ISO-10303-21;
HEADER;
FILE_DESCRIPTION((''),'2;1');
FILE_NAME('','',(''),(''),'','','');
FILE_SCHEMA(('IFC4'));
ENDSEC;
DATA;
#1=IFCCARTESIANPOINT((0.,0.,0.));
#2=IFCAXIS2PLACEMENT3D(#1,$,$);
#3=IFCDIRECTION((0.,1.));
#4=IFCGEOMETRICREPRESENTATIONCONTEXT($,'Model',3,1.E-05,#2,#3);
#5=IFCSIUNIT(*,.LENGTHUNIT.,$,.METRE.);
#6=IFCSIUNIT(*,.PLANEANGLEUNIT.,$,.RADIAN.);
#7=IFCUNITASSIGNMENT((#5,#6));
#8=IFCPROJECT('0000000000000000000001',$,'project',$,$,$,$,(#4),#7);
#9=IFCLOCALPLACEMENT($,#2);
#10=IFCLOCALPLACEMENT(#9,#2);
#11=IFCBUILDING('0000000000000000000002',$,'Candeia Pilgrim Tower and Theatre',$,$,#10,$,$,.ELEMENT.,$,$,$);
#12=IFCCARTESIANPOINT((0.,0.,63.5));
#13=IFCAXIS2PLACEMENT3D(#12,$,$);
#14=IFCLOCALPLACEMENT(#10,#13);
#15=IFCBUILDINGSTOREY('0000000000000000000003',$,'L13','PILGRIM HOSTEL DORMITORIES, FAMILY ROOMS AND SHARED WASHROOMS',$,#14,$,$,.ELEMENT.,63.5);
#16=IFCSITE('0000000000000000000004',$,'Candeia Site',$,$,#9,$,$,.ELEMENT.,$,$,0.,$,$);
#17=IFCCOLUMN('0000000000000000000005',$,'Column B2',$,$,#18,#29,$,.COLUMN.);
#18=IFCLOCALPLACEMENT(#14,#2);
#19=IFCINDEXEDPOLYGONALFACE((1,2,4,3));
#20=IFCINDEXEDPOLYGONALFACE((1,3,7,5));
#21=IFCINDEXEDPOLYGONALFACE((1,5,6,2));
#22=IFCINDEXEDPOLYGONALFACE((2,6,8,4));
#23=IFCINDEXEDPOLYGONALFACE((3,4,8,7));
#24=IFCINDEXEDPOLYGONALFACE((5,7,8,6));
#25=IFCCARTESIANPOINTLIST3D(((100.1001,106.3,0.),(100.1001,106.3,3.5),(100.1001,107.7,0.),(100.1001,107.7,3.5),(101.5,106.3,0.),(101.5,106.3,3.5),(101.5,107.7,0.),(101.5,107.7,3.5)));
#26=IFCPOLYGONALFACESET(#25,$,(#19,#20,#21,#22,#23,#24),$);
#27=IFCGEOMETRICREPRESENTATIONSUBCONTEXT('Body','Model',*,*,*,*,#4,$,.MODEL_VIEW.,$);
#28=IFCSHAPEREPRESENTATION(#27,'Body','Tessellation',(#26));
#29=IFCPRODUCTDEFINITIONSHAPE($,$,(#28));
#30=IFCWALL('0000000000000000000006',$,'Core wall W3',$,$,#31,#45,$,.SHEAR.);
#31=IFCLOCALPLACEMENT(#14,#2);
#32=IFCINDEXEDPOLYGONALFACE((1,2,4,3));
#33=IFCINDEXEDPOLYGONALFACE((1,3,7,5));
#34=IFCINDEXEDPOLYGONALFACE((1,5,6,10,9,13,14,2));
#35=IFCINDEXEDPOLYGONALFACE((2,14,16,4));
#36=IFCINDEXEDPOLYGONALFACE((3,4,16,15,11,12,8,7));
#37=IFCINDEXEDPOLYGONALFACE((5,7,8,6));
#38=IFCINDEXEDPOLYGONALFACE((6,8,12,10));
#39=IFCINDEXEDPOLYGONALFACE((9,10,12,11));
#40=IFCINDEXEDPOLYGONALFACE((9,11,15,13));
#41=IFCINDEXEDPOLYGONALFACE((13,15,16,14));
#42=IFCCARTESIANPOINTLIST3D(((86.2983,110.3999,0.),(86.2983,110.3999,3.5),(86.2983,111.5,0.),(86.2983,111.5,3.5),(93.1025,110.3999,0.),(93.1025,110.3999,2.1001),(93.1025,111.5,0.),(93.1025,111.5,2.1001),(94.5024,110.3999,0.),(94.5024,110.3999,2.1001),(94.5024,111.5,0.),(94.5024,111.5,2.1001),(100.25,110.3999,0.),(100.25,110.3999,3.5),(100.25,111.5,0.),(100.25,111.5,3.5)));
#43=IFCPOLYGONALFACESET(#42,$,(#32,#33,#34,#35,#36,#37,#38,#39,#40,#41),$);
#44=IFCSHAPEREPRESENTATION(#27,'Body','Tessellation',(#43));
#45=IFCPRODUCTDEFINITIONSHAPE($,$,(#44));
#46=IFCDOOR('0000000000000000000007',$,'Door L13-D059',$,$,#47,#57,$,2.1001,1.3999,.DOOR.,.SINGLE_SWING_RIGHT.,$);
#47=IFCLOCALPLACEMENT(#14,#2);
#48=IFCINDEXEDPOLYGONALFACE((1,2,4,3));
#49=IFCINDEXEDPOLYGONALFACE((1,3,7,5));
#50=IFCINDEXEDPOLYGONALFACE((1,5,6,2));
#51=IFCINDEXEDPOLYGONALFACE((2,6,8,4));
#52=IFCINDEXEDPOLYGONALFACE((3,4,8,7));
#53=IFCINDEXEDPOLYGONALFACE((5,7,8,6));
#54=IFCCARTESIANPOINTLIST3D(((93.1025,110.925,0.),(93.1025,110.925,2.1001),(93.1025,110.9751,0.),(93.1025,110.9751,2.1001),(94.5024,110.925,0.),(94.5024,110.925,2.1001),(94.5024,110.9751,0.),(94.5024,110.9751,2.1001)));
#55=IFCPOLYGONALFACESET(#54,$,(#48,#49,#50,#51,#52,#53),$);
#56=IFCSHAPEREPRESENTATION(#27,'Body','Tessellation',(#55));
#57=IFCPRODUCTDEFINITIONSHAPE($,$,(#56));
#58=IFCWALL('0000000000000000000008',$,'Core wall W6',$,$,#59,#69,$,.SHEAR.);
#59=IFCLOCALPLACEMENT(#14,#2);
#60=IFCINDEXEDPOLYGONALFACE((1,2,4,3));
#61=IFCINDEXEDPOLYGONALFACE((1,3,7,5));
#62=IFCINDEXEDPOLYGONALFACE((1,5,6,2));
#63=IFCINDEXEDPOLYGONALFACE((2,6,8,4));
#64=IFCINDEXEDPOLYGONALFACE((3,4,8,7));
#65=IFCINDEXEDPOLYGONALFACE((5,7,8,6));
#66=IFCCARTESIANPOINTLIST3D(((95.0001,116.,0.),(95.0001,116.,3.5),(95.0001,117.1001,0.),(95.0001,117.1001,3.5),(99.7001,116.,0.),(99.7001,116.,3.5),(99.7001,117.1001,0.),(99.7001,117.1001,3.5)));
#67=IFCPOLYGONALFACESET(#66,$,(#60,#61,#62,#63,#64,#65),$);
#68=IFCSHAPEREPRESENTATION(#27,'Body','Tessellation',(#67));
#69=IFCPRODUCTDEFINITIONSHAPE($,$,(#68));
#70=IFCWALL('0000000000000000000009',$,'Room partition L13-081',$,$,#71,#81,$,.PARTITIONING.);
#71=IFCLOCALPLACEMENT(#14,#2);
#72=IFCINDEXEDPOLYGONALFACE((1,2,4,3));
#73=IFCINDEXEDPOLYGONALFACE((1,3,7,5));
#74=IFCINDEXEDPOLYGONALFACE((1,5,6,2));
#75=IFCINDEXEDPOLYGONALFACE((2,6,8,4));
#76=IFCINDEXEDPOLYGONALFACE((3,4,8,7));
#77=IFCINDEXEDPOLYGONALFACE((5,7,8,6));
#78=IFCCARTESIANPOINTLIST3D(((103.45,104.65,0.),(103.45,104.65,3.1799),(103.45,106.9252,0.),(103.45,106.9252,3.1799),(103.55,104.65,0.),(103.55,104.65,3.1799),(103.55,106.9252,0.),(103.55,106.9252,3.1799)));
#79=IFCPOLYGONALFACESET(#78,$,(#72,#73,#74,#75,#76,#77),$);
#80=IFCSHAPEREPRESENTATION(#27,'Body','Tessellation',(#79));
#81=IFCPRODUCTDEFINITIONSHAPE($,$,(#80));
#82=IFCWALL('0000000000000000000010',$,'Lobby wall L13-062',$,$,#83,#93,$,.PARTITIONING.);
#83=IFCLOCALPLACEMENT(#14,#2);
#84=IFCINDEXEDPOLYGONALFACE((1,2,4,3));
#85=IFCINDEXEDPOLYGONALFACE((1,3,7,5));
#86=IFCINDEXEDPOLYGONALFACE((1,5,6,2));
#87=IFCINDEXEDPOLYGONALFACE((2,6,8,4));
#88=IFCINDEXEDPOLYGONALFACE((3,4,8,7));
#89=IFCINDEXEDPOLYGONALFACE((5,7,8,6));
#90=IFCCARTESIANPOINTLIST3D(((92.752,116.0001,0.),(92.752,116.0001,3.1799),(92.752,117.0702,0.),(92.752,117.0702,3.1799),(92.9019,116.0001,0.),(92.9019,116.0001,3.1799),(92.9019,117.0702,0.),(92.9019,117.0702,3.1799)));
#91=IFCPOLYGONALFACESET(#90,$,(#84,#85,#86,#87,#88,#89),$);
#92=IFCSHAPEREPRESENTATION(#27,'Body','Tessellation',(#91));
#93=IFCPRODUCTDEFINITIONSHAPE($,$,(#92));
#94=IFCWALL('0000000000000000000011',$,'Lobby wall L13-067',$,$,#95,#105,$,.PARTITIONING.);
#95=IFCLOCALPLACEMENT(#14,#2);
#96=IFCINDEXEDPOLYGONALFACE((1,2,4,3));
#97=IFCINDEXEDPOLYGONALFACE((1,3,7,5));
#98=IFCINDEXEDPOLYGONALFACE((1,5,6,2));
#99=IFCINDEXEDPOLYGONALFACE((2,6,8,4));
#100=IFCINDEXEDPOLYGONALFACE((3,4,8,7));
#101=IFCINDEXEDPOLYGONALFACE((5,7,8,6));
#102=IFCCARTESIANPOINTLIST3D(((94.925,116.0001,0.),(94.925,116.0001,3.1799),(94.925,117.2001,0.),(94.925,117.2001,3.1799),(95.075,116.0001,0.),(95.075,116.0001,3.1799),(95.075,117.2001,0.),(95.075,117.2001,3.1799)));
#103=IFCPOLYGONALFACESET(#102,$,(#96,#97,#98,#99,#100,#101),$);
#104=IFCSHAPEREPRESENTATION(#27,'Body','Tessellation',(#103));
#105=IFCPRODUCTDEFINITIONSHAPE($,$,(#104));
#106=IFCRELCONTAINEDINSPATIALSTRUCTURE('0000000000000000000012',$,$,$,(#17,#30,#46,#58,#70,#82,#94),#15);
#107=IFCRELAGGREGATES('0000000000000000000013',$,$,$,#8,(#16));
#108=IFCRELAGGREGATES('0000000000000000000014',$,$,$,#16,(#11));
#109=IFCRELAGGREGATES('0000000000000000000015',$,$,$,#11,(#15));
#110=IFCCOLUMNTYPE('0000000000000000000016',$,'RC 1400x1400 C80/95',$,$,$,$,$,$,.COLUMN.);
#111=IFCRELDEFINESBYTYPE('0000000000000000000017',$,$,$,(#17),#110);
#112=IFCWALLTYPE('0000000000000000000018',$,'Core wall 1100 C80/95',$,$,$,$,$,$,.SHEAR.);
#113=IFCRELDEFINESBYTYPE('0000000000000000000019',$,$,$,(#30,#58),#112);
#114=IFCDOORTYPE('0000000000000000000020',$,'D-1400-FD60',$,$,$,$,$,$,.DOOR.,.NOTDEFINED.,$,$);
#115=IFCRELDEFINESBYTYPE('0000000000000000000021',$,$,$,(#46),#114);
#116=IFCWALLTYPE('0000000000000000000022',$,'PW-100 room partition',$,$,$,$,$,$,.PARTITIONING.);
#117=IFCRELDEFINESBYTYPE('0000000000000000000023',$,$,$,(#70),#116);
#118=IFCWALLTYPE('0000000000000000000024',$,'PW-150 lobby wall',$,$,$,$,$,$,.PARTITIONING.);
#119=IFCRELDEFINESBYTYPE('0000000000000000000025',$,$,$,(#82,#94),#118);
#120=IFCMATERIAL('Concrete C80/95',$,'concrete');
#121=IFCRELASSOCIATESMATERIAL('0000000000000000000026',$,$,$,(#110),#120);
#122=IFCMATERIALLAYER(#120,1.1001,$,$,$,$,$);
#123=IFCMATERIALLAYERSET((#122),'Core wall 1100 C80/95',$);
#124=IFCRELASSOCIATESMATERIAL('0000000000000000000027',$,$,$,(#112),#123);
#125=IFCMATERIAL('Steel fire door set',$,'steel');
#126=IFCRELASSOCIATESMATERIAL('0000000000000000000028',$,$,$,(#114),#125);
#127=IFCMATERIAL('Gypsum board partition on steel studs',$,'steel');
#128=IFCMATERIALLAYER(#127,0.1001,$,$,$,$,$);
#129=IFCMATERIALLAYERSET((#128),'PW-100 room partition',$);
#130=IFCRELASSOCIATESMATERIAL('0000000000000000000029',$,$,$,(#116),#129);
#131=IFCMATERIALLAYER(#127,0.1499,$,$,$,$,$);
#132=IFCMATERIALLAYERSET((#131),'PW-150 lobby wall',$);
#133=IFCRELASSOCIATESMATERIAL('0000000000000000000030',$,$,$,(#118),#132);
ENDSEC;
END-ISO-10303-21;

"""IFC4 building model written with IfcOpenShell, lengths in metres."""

from ifc_helpers import new_model, si_unit, direction, frame, frame_2d, origin, origin_2d, place, context, subcontext, project, spatial, rectangle, extrude, material, layer, layer_set, material_profile, profile_set, type_object, element, fill, save


model = new_model("IFC4")

# Units and contexts
model_context = context("Model", 3, precision=1e-05, world=origin(), true_north=direction((0.0, 1.0)))
body_context = subcontext(model_context, "Body", "Model", "MODEL_VIEW")
ifc_project = project(units=[si_unit("LENGTHUNIT", "METRE"), si_unit("PLANEANGLEUNIT", "RADIAN")], contexts=[model_context])

# Site, building, storey
site_placement = place(None, origin())
site = spatial("IfcSite", under=ifc_project, at=site_placement, Name="Candeia Site", CompositionType="ELEMENT", RefElevation=0.0)
building_placement = place(site_placement, origin())
building = spatial("IfcBuilding", under=site, at=building_placement, Name="Candeia Pilgrim Tower and Theatre", CompositionType="ELEMENT")
storey_placement = place(building_placement, frame((0.0, 0.0, 63.5)))
storey = spatial("IfcBuildingStorey", under=building, at=storey_placement, Name="L13", Description="PILGRIM HOSTEL DORMITORIES, FAMILY ROOMS AND SHARED WASHROOMS", CompositionType="ELEMENT", Elevation=63.5)

# Column
ifc_material_1 = material(Name="Concrete C80/95", Category="concrete")
ifc_material_profile = material_profile(ifc_material_1, rectangle(XDim=1.3999, YDim=1.3999, at=origin_2d()))
ifc_profile_set = profile_set([ifc_material_profile], Name="Concrete C80/95")
column_type = type_object("IfcColumnType", Name="RC 1400x1400 C80/95", PredefinedType="COLUMN", material=ifc_profile_set)
column_placement = place(storey_placement, frame((100.8, 107.0, 0.0), z_axis=(0.0, 0.0, 1.0), x_axis=(1.0, 0.0, 0.0)))
element("IfcColumn", 1, at=column_placement, inside=storey, type_object=column_type, Name="Column B2", PredefinedType="COLUMN", context=body_context, shape_type="SweptSolid", body=[
    extrude(rectangle(XDim=1.3999, YDim=1.3999, at=origin_2d()), origin(), (0.0, 0.0, 1.0), 3.5),
])

# Wall, opening, door
ifc_layer_1 = layer(ifc_material_1, 1.1001)
ifc_layer_set_1 = layer_set([ifc_layer_1], Name="Core wall 1100 C80/95")
wall_type_1 = type_object("IfcWallType", Name="Core wall 1100 C80/95", PredefinedType="SHEAR", material=ifc_layer_set_1)
wall_1_placement = place(storey_placement, frame((100.25, 110.95, 0.0), z_axis=(0.0, 0.0, 1.0), x_axis=(-1.0, 0.0, 0.0)))
wall_1 = element("IfcWall", 2, at=wall_1_placement, inside=storey, type_object=wall_type_1, Name="Core wall W3", PredefinedType="SHEAR", context=body_context, shape_type="SweptSolid", body=[
    extrude(rectangle(XDim=13.9517, YDim=1.1001, at=frame_2d((6.9758, 0.0))), origin(), (0.0, 0.0, 1.0), 3.5),
])
opening_1_placement = place(wall_1_placement, frame((5.7476, 0.0, 0.0)))
opening_1 = element("IfcOpeningElement", 3, at=opening_1_placement, cuts=wall_1, PredefinedType="OPENING", context=body_context, shape_type="SweptSolid", body=[
    extrude(rectangle(XDim=1.3999, YDim=2.1001, at=frame_2d((0.7, 1.05))), frame((0.0, 0.5601, 0.0), z_axis=(0.0, -1.0, 0.0), x_axis=(1.0, 0.0, 0.0)), (0.0, 0.0, 1.0), 1.1201),
])
ifc_material_2 = material(Name="Steel fire door set", Category="steel")
door_type_1 = type_object("IfcDoorType", Name="D-1400-FD60", OperationType="NOTDEFINED", PredefinedType="DOOR", material=ifc_material_2)
door_1_placement = place(opening_1_placement, origin())
door_1 = element("IfcDoor", 4, at=door_1_placement, inside=storey, type_object=door_type_1, Name="Door L13-D059", OperationType="SINGLE_SWING_RIGHT", OverallHeight=2.1001, OverallWidth=1.3999, PredefinedType="DOOR", context=body_context, shape_type="SweptSolid", body=[
    extrude(rectangle(XDim=1.3999, YDim=2.1001, at=frame_2d((0.7, 1.05))), frame((0.0, 0.0249, 0.0), z_axis=(0.0, -1.0, 0.0), x_axis=(1.0, 0.0, 0.0)), (0.0, 0.0, 1.0), 0.05),
])
fill(opening_1, door_1)

# Walls
wall_2_placement = place(storey_placement, frame((95.0, 116.55, 0.0), z_axis=(0.0, 0.0, 1.0), x_axis=(1.0, 0.0, 0.0)))
element("IfcWall", 5, at=wall_2_placement, inside=storey, type_object=wall_type_1, Name="Core wall W6", PredefinedType="SHEAR", context=body_context, shape_type="SweptSolid", body=[
    extrude(rectangle(XDim=4.7, YDim=1.1001, at=frame_2d((2.3501, 0.0))), origin(), (0.0, 0.0, 1.0), 3.5),
])
ifc_material_3 = material(Name="Gypsum board partition on steel studs", Category="steel")
ifc_layer_2 = layer(ifc_material_3, 0.1001)
ifc_layer_set_2 = layer_set([ifc_layer_2], Name="PW-100 room partition")
wall_type_2 = type_object("IfcWallType", Name="PW-100 room partition", PredefinedType="PARTITIONING", material=ifc_layer_set_2)
wall_3_placement = place(storey_placement, frame((103.5, 104.6499, 0.0), z_axis=(0.0, 0.0, 1.0), x_axis=(0.0, 1.0, 0.0)))
element("IfcWall", 6, at=wall_3_placement, inside=storey, type_object=wall_type_2, Name="Room partition L13-081", PredefinedType="PARTITIONING", context=body_context, shape_type="SweptSolid", body=[
    extrude(rectangle(XDim=2.2751, YDim=0.1001, at=frame_2d((1.1377, 0.0))), origin(), (0.0, 0.0, 1.0), 3.1799),
])
ifc_layer_3 = layer(ifc_material_3, 0.1499)
ifc_layer_set_3 = layer_set([ifc_layer_3], Name="PW-150 lobby wall")
wall_type_3 = type_object("IfcWallType", Name="PW-150 lobby wall", PredefinedType="PARTITIONING", material=ifc_layer_set_3)
wall_4_placement = place(storey_placement, frame((92.8269, 116.0, 0.0), z_axis=(0.0, 0.0, 1.0), x_axis=(0.0, 1.0, 0.0)))
element("IfcWall", 7, at=wall_4_placement, inside=storey, type_object=wall_type_3, Name="Lobby wall L13-062", PredefinedType="PARTITIONING", context=body_context, shape_type="SweptSolid", body=[
    extrude(rectangle(XDim=1.0701, YDim=0.1499, at=frame_2d((0.5352, 0.0))), origin(), (0.0, 0.0, 1.0), 3.1799),
])
wall_5_placement = place(storey_placement, frame((95.0, 116.0, 0.0), z_axis=(0.0, 0.0, 1.0), x_axis=(0.0, 1.0, 0.0)))
element("IfcWall", 8, at=wall_5_placement, inside=storey, type_object=wall_type_3, Name="Lobby wall L13-067", PredefinedType="PARTITIONING", context=body_context, shape_type="SweptSolid", body=[
    extrude(rectangle(XDim=1.2, YDim=0.1499, at=frame_2d((0.6001, 0.0))), origin(), (0.0, 0.0, 1.0), 3.1799),
])

save(model, "model.ifc")
